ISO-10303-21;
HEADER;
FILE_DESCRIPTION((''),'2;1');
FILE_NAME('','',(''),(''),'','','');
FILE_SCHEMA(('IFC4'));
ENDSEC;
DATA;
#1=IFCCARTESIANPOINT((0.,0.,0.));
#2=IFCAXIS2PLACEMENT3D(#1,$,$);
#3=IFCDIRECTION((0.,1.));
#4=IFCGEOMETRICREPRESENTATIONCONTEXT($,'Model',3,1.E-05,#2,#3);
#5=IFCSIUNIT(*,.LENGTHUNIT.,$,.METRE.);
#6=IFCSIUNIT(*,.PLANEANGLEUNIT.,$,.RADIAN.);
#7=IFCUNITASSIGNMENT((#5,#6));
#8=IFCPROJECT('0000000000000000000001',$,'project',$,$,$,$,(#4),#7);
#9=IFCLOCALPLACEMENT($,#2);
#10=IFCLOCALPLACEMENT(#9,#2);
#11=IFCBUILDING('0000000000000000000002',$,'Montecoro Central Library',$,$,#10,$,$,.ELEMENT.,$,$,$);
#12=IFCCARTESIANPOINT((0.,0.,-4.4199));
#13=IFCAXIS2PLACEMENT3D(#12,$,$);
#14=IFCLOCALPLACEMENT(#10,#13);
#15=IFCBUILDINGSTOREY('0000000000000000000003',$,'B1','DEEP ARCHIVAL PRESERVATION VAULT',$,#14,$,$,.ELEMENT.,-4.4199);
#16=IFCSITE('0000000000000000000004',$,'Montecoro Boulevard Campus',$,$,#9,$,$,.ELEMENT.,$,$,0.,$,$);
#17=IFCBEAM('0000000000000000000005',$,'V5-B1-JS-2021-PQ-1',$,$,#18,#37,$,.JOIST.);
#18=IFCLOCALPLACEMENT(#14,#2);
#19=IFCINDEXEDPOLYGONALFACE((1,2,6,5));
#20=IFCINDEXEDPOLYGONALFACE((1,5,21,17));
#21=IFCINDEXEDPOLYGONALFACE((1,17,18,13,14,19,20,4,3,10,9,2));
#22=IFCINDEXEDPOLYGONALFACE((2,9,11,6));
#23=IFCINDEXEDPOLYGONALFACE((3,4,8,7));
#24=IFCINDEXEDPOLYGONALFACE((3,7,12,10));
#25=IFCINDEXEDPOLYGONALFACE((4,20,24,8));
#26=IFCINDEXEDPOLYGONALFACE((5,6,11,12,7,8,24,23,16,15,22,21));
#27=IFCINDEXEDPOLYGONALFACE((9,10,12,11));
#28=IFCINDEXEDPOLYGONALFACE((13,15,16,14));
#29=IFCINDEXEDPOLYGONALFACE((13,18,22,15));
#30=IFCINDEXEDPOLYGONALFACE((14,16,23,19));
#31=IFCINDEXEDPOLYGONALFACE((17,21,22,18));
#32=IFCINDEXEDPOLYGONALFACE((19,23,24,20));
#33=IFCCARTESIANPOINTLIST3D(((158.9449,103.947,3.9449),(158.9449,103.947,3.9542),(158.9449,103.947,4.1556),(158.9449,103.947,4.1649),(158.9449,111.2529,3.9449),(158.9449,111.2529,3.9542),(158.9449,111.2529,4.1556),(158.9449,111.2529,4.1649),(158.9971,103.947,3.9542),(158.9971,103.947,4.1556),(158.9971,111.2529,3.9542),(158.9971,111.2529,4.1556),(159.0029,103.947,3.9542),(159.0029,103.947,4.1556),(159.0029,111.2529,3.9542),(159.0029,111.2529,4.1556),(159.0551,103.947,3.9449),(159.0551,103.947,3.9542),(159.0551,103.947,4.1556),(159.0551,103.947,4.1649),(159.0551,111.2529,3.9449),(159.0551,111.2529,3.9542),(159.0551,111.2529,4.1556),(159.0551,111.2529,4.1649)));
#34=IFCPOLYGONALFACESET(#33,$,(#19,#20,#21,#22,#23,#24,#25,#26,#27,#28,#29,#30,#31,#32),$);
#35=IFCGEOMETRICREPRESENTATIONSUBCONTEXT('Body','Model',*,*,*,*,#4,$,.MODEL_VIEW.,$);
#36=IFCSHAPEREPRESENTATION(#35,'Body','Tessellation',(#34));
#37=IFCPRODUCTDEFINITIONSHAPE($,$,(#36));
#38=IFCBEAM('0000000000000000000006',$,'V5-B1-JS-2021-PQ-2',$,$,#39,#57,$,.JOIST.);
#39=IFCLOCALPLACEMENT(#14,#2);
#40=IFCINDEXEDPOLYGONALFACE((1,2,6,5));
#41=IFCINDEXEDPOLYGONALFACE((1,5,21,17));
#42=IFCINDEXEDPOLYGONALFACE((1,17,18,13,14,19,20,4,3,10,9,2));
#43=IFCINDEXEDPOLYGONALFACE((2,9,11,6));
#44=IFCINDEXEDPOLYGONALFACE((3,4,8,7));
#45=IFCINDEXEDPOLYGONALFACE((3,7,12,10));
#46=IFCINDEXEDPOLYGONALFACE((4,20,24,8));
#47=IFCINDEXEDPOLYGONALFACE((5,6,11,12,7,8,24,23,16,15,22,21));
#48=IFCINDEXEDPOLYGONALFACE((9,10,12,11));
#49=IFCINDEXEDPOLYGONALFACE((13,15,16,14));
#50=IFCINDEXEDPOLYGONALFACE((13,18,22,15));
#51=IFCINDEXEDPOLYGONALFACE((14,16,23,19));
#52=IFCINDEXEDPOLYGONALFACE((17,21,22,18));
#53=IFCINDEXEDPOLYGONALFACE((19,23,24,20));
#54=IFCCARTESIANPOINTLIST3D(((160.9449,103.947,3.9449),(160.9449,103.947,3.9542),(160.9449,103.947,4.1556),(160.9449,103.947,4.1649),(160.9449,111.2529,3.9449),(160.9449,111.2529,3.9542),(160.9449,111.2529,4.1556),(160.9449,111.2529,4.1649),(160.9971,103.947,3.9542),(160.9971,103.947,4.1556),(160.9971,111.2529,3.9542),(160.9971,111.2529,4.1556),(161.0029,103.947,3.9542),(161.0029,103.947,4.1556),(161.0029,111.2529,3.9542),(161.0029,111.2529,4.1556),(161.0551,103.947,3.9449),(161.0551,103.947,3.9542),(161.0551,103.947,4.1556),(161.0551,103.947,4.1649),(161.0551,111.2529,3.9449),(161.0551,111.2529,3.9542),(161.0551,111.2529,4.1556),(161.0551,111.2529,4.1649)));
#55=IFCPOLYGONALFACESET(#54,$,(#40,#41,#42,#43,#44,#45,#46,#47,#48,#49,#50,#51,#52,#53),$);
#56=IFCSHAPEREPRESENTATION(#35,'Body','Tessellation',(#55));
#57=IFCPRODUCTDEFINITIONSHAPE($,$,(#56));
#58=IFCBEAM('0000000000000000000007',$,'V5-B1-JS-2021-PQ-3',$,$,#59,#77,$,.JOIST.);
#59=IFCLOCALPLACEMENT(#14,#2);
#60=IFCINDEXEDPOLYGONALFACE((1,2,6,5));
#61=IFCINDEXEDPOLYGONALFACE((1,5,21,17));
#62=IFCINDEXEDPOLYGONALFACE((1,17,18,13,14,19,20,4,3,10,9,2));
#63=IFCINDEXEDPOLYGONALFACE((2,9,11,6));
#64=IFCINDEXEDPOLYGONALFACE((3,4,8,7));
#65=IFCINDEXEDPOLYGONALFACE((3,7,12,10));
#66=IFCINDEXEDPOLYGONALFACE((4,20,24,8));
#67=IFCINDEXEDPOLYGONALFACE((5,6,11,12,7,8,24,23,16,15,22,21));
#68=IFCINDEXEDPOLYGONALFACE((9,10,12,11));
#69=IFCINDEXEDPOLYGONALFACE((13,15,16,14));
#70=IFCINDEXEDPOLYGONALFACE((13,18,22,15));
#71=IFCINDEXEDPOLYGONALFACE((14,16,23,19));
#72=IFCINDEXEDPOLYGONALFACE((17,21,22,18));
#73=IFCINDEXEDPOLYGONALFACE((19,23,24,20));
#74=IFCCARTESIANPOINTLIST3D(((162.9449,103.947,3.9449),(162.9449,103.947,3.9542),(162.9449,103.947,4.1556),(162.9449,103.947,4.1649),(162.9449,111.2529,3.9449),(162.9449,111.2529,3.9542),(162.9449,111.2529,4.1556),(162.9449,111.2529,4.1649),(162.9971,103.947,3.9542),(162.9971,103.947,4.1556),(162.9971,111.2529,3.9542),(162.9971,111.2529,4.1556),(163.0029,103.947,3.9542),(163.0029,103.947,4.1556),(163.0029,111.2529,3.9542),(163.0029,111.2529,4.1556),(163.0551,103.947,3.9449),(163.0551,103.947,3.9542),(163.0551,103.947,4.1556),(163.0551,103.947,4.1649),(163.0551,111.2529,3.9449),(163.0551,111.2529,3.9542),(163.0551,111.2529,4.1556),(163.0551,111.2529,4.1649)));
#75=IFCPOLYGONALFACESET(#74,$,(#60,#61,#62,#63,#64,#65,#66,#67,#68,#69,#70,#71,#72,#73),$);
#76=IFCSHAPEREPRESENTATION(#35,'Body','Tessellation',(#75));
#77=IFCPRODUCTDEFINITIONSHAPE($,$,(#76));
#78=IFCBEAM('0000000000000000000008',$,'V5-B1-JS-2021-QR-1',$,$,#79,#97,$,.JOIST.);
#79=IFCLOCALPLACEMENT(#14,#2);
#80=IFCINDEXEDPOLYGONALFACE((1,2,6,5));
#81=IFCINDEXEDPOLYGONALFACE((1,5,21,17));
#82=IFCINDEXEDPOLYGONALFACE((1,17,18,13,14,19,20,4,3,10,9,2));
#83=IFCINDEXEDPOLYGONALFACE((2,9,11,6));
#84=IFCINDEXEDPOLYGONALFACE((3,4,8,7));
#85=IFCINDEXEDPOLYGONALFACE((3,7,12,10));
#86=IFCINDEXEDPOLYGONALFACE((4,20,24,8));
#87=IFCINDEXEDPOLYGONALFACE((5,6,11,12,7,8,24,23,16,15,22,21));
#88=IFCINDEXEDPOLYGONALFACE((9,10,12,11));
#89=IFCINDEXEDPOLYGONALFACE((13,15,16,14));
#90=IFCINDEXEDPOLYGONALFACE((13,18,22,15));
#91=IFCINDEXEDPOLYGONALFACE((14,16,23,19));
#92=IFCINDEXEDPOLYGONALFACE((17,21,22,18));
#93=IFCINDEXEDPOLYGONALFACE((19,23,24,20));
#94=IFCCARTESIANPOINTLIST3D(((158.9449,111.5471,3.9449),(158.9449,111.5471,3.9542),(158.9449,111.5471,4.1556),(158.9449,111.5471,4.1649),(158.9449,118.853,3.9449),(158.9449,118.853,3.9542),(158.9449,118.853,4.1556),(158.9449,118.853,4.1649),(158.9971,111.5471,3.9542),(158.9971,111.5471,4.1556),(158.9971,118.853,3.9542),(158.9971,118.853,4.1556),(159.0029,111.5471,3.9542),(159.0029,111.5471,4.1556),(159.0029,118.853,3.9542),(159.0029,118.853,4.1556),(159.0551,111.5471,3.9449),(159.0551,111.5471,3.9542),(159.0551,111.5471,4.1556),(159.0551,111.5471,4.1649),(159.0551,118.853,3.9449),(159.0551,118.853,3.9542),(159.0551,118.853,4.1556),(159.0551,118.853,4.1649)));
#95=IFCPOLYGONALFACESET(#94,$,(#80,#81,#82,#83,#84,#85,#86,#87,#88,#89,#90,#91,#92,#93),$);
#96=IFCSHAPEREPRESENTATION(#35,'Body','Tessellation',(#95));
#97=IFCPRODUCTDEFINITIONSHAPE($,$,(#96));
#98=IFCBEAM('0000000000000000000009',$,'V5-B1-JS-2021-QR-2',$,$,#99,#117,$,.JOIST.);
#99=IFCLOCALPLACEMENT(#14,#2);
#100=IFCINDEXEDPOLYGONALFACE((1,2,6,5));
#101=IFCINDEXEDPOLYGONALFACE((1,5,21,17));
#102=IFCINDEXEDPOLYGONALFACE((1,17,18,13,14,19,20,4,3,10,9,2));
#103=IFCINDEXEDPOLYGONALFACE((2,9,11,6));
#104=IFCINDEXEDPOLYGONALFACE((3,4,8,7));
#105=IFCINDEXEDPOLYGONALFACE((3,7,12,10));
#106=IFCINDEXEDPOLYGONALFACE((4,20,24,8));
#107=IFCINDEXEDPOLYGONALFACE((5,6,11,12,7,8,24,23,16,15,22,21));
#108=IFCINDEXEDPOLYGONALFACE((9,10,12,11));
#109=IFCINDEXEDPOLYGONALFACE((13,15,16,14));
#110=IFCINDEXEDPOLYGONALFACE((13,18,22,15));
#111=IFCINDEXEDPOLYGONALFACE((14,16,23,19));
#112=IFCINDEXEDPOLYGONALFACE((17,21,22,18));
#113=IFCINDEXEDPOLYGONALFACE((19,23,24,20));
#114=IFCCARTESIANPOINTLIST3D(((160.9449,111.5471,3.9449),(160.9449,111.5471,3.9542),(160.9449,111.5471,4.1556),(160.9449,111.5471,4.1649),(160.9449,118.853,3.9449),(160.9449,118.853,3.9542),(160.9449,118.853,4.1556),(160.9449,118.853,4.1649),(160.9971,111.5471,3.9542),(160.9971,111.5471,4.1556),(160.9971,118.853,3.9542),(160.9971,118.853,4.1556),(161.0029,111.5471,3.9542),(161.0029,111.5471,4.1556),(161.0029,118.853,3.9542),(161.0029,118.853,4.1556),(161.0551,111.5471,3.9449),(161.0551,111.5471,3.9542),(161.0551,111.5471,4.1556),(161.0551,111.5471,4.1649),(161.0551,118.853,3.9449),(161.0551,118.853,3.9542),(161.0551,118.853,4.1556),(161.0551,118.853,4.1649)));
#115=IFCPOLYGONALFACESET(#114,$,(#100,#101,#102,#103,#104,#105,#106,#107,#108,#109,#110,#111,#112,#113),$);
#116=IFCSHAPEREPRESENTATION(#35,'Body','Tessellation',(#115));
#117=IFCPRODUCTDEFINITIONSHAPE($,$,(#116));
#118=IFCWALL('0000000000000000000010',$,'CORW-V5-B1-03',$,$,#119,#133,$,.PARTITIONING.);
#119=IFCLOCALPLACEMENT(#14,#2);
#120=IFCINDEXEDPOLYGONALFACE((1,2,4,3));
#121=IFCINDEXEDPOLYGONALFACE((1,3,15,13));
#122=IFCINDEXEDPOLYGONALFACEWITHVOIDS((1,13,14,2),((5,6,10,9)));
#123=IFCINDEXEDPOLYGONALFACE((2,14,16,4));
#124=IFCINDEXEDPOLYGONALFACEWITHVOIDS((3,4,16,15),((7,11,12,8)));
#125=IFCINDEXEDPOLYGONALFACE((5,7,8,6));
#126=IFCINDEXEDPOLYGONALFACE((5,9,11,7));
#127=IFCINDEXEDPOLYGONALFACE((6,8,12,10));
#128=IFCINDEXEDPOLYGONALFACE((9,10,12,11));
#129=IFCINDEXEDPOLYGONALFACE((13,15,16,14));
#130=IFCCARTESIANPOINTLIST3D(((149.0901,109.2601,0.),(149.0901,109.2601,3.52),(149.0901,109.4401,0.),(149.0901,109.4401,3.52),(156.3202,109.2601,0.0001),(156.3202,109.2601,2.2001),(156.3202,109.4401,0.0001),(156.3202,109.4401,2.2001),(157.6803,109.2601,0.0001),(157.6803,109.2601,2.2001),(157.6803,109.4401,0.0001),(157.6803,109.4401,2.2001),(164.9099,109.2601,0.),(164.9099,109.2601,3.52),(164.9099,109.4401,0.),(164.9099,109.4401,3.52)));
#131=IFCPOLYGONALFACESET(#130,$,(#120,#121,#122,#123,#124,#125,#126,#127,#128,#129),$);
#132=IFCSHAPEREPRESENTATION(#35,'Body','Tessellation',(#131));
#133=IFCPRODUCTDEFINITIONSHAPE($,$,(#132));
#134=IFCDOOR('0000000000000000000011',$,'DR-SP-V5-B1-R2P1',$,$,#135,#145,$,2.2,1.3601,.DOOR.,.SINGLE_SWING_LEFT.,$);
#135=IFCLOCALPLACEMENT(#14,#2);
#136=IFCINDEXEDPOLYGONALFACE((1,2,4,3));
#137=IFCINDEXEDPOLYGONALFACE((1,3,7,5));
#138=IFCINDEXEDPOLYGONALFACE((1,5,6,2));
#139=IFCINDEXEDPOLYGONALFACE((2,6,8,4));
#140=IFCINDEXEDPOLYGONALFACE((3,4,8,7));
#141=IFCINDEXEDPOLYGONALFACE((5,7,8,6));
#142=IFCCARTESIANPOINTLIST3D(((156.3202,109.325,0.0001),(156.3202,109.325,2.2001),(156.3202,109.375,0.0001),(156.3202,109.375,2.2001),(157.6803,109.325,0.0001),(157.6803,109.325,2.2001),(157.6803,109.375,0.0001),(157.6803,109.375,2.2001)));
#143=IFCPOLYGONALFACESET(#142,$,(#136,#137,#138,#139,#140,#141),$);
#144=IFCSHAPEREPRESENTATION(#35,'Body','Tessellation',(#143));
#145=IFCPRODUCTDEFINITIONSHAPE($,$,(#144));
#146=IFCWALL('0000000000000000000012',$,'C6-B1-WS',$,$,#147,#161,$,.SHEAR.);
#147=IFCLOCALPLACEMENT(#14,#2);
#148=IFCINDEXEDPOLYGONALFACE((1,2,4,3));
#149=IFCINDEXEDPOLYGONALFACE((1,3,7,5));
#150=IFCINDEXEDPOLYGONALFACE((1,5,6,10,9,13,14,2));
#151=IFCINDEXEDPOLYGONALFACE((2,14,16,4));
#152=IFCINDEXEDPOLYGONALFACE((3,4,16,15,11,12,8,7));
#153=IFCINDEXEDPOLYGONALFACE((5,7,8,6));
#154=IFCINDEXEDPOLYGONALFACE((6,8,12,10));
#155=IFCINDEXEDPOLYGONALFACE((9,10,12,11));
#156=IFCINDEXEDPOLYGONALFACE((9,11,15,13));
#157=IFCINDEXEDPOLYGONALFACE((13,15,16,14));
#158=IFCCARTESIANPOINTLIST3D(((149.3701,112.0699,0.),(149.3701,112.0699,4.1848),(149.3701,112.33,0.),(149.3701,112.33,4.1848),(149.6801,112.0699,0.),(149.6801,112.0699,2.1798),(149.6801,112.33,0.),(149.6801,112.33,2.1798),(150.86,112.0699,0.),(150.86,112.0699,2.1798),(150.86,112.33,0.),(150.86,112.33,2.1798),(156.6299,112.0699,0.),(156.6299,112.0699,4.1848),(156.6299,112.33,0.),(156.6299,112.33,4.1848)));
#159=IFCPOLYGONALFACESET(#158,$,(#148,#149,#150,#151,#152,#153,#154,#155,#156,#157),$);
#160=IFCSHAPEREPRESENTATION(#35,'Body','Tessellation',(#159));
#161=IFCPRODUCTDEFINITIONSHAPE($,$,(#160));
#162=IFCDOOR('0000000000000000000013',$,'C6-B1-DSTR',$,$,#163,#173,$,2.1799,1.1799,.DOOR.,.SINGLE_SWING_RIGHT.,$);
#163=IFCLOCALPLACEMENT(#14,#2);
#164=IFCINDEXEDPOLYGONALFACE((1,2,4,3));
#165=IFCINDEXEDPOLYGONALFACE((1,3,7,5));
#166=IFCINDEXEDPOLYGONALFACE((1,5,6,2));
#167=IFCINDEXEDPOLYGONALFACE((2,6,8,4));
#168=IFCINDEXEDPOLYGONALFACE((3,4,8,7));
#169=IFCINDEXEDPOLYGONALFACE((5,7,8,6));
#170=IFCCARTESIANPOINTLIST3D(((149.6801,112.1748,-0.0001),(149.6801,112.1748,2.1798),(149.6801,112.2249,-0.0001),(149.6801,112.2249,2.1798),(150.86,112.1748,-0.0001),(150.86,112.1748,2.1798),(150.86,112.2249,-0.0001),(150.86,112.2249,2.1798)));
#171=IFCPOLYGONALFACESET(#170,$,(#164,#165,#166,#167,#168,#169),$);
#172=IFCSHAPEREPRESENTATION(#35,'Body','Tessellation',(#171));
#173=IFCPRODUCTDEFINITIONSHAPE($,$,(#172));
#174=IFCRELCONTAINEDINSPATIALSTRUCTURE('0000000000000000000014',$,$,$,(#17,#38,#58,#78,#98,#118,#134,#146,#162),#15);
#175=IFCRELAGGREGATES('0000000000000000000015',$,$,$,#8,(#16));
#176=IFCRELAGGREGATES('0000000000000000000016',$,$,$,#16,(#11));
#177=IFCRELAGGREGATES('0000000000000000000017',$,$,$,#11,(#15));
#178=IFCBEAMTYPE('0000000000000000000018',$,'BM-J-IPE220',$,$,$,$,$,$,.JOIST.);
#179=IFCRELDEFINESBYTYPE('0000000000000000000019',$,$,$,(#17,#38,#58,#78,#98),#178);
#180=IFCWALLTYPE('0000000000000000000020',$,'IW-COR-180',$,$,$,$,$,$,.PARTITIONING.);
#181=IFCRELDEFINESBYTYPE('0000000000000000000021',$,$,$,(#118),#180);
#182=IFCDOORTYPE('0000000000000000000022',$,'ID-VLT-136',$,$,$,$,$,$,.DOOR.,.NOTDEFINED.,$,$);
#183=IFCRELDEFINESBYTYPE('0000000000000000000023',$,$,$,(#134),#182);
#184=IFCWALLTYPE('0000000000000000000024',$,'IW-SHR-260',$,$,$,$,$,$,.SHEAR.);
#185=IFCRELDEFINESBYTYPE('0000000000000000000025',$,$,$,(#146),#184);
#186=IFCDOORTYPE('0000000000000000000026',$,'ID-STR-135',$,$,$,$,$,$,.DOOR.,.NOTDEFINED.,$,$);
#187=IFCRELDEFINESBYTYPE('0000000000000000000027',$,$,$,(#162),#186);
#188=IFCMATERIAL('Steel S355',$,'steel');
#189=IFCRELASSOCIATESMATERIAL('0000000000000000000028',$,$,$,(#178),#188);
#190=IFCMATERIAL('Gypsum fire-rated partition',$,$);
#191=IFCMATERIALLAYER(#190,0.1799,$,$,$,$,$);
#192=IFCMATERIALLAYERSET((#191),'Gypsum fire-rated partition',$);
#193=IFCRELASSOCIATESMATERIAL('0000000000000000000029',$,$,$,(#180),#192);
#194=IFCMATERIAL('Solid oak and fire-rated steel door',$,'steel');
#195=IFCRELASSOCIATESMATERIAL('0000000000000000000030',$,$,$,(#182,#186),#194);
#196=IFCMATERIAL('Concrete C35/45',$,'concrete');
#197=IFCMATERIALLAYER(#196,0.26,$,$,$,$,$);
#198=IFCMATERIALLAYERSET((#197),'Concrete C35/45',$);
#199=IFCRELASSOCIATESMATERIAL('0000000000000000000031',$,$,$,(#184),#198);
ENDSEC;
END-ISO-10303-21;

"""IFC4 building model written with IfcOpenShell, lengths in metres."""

from ifc_helpers import new_model, si_unit, direction, frame, frame_2d, origin, origin_2d, place, context, subcontext, project, spatial, rectangle, i_section, extrude, material, layer, layer_set, material_profile, profile_set, type_object, element, fill, save


model = new_model("IFC4")

# Units and contexts
model_context = context("Model", 3, precision=1e-05, world=origin(), true_north=direction((0.0, 1.0)))
body_context = subcontext(model_context, "Body", "Model", "MODEL_VIEW")
ifc_project = project(units=[si_unit("LENGTHUNIT", "METRE"), si_unit("PLANEANGLEUNIT", "RADIAN")], contexts=[model_context])

# Site, building, storey
site_placement = place(None, origin())
site = spatial("IfcSite", under=ifc_project, at=site_placement, Name="Montecoro Boulevard Campus", CompositionType="ELEMENT", RefElevation=0.0)
building_placement = place(site_placement, origin())
building = spatial("IfcBuilding", under=site, at=building_placement, Name="Montecoro Central Library", CompositionType="ELEMENT")
storey_placement = place(building_placement, frame((0.0, 0.0, -4.4199)))
storey = spatial("IfcBuildingStorey", under=building, at=storey_placement, Name="B1", Description="DEEP ARCHIVAL PRESERVATION VAULT", CompositionType="ELEMENT", Elevation=-4.4199)

# Shared definitions
ifc_material_1 = material(Name="Concrete C35/45", Category="concrete")

# Beams
ifc_material_2 = material(Name="Steel S355", Category="steel")
ifc_material_profile_1 = material_profile(ifc_material_2, i_section(OverallWidth=0.1101, OverallDepth=0.22, WebThickness=0.0059, FlangeThickness=0.0093, at=origin_2d()), Name="IPE 220")
ifc_profile_set_1 = profile_set([ifc_material_profile_1], Name="Steel S355")
beam_type_1 = type_object("IfcBeamType", Name="BM-J-IPE220", PredefinedType="JOIST", material=ifc_profile_set_1)
for number, where, z_axis, x_axis, name in (
    (1, (159.0, 103.947, 4.0549), (0.0, 1.0, 0.0), (-1.0, 0.0, 0.0), "V5-B1-JS-2021-PQ-1"),
    (2, (161.0, 103.947, 4.0549), (0.0, 1.0, 0.0), (-1.0, 0.0, 0.0), "V5-B1-JS-2021-PQ-2"),
    (3, (163.0, 103.947, 4.0549), (0.0, 1.0, 0.0), (-1.0, 0.0, 0.0), "V5-B1-JS-2021-PQ-3"),
    (4, (159.0, 111.5471, 4.0549), (0.0, 1.0, 0.0), (-1.0, 0.0, 0.0), "V5-B1-JS-2021-QR-1"),
    (5, (161.0, 111.5471, 4.0549), (0.0, 1.0, 0.0), (-1.0, 0.0, 0.0), "V5-B1-JS-2021-QR-2"),
):
    element("IfcBeam", number, at=place(storey_placement, frame(where, z_axis=z_axis, x_axis=x_axis)), inside=storey, type_object=beam_type_1, Name=name, PredefinedType="JOIST", context=body_context, shape_type="SweptSolid", body=[
        extrude(i_section(OverallWidth=0.1101, OverallDepth=0.22, WebThickness=0.0059, FlangeThickness=0.0093, at=origin_2d()), origin(), (0.0, 0.0, 1.0), 7.3059),
    ])

# Walls, openings, doors
ifc_material_3 = material(Name="Gypsum fire-rated partition")
ifc_layer_1 = layer(ifc_material_3, 0.1799)
ifc_layer_set_1 = layer_set([ifc_layer_1], Name="Gypsum fire-rated partition")
wall_type_1 = type_object("IfcWallType", Name="IW-COR-180", PredefinedType="PARTITIONING", material=ifc_layer_set_1)
wall_1_placement = place(storey_placement, frame((149.0901, 109.3501, 0.0), z_axis=(0.0, 0.0, 1.0), x_axis=(1.0, 0.0, 0.0)))
wall_1 = element("IfcWall", 6, at=wall_1_placement, inside=storey, type_object=wall_type_1, Name="CORW-V5-B1-03", PredefinedType="PARTITIONING", context=body_context, shape_type="SweptSolid", body=[
    extrude(rectangle(XDim=15.8198, YDim=0.1799, at=frame_2d((7.9099, 0.0))), origin(), (0.0, 0.0, 1.0), 3.52),
])
opening_1_placement = place(wall_1_placement, frame((7.23, 0.0, 0.0)))
opening_1 = element("IfcOpeningElement", 7, at=opening_1_placement, cuts=wall_1, PredefinedType="OPENING", context=body_context, shape_type="SweptSolid", body=[
    extrude(rectangle(XDim=1.3601, YDim=2.2, at=frame_2d((0.6802, 1.1001))), frame((0.0, 0.0999, 0.0), z_axis=(0.0, -1.0, 0.0), x_axis=(1.0, 0.0, 0.0)), (0.0, 0.0, 1.0), 0.2),
])
ifc_material_4 = material(Name="Solid oak and fire-rated steel door", Category="steel")
door_type_1 = type_object("IfcDoorType", Name="ID-VLT-136", OperationType="NOTDEFINED", PredefinedType="DOOR", material=ifc_material_4)
door_1_placement = place(opening_1_placement, origin())
door_1 = element("IfcDoor", 8, at=door_1_placement, inside=storey, type_object=door_type_1, Name="DR-SP-V5-B1-R2P1", OperationType="SINGLE_SWING_LEFT", OverallHeight=2.2, OverallWidth=1.3601, PredefinedType="DOOR", context=body_context, shape_type="SweptSolid", body=[
    extrude(rectangle(XDim=1.3601, YDim=2.2, at=frame_2d((0.6802, 1.1001))), frame((0.0, 0.0249, 0.0), z_axis=(0.0, -1.0, 0.0), x_axis=(1.0, 0.0, 0.0)), (0.0, 0.0, 1.0), 0.05),
])
fill(opening_1, door_1)
ifc_layer_2 = layer(ifc_material_1, 0.26)
ifc_layer_set_2 = layer_set([ifc_layer_2], Name="Concrete C35/45")
wall_type_2 = type_object("IfcWallType", Name="IW-SHR-260", PredefinedType="SHEAR", material=ifc_layer_set_2)
wall_2_placement = place(storey_placement, frame((149.3701, 112.2, 0.0), z_axis=(0.0, 0.0, 1.0), x_axis=(1.0, 0.0, 0.0)))
wall_2 = element("IfcWall", 9, at=wall_2_placement, inside=storey, type_object=wall_type_2, Name="C6-B1-WS", PredefinedType="SHEAR", context=body_context, shape_type="SweptSolid", body=[
    extrude(rectangle(XDim=7.2598, YDim=0.26, at=frame_2d((3.6299, 0.0))), origin(), (0.0, 0.0, 1.0), 4.1848),
])
opening_2_placement = place(wall_2_placement, frame((0.3101, 0.0, 0.0)))
opening_2 = element("IfcOpeningElement", 10, at=opening_2_placement, cuts=wall_2, PredefinedType="OPENING", context=body_context, shape_type="SweptSolid", body=[
    extrude(rectangle(XDim=1.1799, YDim=2.1799, at=frame_2d((0.5898, 1.0898))), frame((0.0, 0.1399, 0.0), z_axis=(0.0, -1.0, 0.0), x_axis=(1.0, 0.0, 0.0)), (0.0, 0.0, 1.0), 0.28),
])
door_type_2 = type_object("IfcDoorType", Name="ID-STR-135", OperationType="NOTDEFINED", PredefinedType="DOOR", material=ifc_material_4)
door_2_placement = place(opening_2_placement, origin())
door_2 = element("IfcDoor", 11, at=door_2_placement, inside=storey, type_object=door_type_2, Name="C6-B1-DSTR", OperationType="SINGLE_SWING_RIGHT", OverallHeight=2.1799, OverallWidth=1.1799, PredefinedType="DOOR", context=body_context, shape_type="SweptSolid", body=[
    extrude(rectangle(XDim=1.1799, YDim=2.1799, at=frame_2d((0.5898, 1.0898))), frame((0.0, 0.0249, 0.0), z_axis=(0.0, -1.0, 0.0), x_axis=(1.0, 0.0, 0.0)), (0.0, 0.0, 1.0), 0.05),
])
fill(opening_2, door_2)

save(model, "model.ifc")
